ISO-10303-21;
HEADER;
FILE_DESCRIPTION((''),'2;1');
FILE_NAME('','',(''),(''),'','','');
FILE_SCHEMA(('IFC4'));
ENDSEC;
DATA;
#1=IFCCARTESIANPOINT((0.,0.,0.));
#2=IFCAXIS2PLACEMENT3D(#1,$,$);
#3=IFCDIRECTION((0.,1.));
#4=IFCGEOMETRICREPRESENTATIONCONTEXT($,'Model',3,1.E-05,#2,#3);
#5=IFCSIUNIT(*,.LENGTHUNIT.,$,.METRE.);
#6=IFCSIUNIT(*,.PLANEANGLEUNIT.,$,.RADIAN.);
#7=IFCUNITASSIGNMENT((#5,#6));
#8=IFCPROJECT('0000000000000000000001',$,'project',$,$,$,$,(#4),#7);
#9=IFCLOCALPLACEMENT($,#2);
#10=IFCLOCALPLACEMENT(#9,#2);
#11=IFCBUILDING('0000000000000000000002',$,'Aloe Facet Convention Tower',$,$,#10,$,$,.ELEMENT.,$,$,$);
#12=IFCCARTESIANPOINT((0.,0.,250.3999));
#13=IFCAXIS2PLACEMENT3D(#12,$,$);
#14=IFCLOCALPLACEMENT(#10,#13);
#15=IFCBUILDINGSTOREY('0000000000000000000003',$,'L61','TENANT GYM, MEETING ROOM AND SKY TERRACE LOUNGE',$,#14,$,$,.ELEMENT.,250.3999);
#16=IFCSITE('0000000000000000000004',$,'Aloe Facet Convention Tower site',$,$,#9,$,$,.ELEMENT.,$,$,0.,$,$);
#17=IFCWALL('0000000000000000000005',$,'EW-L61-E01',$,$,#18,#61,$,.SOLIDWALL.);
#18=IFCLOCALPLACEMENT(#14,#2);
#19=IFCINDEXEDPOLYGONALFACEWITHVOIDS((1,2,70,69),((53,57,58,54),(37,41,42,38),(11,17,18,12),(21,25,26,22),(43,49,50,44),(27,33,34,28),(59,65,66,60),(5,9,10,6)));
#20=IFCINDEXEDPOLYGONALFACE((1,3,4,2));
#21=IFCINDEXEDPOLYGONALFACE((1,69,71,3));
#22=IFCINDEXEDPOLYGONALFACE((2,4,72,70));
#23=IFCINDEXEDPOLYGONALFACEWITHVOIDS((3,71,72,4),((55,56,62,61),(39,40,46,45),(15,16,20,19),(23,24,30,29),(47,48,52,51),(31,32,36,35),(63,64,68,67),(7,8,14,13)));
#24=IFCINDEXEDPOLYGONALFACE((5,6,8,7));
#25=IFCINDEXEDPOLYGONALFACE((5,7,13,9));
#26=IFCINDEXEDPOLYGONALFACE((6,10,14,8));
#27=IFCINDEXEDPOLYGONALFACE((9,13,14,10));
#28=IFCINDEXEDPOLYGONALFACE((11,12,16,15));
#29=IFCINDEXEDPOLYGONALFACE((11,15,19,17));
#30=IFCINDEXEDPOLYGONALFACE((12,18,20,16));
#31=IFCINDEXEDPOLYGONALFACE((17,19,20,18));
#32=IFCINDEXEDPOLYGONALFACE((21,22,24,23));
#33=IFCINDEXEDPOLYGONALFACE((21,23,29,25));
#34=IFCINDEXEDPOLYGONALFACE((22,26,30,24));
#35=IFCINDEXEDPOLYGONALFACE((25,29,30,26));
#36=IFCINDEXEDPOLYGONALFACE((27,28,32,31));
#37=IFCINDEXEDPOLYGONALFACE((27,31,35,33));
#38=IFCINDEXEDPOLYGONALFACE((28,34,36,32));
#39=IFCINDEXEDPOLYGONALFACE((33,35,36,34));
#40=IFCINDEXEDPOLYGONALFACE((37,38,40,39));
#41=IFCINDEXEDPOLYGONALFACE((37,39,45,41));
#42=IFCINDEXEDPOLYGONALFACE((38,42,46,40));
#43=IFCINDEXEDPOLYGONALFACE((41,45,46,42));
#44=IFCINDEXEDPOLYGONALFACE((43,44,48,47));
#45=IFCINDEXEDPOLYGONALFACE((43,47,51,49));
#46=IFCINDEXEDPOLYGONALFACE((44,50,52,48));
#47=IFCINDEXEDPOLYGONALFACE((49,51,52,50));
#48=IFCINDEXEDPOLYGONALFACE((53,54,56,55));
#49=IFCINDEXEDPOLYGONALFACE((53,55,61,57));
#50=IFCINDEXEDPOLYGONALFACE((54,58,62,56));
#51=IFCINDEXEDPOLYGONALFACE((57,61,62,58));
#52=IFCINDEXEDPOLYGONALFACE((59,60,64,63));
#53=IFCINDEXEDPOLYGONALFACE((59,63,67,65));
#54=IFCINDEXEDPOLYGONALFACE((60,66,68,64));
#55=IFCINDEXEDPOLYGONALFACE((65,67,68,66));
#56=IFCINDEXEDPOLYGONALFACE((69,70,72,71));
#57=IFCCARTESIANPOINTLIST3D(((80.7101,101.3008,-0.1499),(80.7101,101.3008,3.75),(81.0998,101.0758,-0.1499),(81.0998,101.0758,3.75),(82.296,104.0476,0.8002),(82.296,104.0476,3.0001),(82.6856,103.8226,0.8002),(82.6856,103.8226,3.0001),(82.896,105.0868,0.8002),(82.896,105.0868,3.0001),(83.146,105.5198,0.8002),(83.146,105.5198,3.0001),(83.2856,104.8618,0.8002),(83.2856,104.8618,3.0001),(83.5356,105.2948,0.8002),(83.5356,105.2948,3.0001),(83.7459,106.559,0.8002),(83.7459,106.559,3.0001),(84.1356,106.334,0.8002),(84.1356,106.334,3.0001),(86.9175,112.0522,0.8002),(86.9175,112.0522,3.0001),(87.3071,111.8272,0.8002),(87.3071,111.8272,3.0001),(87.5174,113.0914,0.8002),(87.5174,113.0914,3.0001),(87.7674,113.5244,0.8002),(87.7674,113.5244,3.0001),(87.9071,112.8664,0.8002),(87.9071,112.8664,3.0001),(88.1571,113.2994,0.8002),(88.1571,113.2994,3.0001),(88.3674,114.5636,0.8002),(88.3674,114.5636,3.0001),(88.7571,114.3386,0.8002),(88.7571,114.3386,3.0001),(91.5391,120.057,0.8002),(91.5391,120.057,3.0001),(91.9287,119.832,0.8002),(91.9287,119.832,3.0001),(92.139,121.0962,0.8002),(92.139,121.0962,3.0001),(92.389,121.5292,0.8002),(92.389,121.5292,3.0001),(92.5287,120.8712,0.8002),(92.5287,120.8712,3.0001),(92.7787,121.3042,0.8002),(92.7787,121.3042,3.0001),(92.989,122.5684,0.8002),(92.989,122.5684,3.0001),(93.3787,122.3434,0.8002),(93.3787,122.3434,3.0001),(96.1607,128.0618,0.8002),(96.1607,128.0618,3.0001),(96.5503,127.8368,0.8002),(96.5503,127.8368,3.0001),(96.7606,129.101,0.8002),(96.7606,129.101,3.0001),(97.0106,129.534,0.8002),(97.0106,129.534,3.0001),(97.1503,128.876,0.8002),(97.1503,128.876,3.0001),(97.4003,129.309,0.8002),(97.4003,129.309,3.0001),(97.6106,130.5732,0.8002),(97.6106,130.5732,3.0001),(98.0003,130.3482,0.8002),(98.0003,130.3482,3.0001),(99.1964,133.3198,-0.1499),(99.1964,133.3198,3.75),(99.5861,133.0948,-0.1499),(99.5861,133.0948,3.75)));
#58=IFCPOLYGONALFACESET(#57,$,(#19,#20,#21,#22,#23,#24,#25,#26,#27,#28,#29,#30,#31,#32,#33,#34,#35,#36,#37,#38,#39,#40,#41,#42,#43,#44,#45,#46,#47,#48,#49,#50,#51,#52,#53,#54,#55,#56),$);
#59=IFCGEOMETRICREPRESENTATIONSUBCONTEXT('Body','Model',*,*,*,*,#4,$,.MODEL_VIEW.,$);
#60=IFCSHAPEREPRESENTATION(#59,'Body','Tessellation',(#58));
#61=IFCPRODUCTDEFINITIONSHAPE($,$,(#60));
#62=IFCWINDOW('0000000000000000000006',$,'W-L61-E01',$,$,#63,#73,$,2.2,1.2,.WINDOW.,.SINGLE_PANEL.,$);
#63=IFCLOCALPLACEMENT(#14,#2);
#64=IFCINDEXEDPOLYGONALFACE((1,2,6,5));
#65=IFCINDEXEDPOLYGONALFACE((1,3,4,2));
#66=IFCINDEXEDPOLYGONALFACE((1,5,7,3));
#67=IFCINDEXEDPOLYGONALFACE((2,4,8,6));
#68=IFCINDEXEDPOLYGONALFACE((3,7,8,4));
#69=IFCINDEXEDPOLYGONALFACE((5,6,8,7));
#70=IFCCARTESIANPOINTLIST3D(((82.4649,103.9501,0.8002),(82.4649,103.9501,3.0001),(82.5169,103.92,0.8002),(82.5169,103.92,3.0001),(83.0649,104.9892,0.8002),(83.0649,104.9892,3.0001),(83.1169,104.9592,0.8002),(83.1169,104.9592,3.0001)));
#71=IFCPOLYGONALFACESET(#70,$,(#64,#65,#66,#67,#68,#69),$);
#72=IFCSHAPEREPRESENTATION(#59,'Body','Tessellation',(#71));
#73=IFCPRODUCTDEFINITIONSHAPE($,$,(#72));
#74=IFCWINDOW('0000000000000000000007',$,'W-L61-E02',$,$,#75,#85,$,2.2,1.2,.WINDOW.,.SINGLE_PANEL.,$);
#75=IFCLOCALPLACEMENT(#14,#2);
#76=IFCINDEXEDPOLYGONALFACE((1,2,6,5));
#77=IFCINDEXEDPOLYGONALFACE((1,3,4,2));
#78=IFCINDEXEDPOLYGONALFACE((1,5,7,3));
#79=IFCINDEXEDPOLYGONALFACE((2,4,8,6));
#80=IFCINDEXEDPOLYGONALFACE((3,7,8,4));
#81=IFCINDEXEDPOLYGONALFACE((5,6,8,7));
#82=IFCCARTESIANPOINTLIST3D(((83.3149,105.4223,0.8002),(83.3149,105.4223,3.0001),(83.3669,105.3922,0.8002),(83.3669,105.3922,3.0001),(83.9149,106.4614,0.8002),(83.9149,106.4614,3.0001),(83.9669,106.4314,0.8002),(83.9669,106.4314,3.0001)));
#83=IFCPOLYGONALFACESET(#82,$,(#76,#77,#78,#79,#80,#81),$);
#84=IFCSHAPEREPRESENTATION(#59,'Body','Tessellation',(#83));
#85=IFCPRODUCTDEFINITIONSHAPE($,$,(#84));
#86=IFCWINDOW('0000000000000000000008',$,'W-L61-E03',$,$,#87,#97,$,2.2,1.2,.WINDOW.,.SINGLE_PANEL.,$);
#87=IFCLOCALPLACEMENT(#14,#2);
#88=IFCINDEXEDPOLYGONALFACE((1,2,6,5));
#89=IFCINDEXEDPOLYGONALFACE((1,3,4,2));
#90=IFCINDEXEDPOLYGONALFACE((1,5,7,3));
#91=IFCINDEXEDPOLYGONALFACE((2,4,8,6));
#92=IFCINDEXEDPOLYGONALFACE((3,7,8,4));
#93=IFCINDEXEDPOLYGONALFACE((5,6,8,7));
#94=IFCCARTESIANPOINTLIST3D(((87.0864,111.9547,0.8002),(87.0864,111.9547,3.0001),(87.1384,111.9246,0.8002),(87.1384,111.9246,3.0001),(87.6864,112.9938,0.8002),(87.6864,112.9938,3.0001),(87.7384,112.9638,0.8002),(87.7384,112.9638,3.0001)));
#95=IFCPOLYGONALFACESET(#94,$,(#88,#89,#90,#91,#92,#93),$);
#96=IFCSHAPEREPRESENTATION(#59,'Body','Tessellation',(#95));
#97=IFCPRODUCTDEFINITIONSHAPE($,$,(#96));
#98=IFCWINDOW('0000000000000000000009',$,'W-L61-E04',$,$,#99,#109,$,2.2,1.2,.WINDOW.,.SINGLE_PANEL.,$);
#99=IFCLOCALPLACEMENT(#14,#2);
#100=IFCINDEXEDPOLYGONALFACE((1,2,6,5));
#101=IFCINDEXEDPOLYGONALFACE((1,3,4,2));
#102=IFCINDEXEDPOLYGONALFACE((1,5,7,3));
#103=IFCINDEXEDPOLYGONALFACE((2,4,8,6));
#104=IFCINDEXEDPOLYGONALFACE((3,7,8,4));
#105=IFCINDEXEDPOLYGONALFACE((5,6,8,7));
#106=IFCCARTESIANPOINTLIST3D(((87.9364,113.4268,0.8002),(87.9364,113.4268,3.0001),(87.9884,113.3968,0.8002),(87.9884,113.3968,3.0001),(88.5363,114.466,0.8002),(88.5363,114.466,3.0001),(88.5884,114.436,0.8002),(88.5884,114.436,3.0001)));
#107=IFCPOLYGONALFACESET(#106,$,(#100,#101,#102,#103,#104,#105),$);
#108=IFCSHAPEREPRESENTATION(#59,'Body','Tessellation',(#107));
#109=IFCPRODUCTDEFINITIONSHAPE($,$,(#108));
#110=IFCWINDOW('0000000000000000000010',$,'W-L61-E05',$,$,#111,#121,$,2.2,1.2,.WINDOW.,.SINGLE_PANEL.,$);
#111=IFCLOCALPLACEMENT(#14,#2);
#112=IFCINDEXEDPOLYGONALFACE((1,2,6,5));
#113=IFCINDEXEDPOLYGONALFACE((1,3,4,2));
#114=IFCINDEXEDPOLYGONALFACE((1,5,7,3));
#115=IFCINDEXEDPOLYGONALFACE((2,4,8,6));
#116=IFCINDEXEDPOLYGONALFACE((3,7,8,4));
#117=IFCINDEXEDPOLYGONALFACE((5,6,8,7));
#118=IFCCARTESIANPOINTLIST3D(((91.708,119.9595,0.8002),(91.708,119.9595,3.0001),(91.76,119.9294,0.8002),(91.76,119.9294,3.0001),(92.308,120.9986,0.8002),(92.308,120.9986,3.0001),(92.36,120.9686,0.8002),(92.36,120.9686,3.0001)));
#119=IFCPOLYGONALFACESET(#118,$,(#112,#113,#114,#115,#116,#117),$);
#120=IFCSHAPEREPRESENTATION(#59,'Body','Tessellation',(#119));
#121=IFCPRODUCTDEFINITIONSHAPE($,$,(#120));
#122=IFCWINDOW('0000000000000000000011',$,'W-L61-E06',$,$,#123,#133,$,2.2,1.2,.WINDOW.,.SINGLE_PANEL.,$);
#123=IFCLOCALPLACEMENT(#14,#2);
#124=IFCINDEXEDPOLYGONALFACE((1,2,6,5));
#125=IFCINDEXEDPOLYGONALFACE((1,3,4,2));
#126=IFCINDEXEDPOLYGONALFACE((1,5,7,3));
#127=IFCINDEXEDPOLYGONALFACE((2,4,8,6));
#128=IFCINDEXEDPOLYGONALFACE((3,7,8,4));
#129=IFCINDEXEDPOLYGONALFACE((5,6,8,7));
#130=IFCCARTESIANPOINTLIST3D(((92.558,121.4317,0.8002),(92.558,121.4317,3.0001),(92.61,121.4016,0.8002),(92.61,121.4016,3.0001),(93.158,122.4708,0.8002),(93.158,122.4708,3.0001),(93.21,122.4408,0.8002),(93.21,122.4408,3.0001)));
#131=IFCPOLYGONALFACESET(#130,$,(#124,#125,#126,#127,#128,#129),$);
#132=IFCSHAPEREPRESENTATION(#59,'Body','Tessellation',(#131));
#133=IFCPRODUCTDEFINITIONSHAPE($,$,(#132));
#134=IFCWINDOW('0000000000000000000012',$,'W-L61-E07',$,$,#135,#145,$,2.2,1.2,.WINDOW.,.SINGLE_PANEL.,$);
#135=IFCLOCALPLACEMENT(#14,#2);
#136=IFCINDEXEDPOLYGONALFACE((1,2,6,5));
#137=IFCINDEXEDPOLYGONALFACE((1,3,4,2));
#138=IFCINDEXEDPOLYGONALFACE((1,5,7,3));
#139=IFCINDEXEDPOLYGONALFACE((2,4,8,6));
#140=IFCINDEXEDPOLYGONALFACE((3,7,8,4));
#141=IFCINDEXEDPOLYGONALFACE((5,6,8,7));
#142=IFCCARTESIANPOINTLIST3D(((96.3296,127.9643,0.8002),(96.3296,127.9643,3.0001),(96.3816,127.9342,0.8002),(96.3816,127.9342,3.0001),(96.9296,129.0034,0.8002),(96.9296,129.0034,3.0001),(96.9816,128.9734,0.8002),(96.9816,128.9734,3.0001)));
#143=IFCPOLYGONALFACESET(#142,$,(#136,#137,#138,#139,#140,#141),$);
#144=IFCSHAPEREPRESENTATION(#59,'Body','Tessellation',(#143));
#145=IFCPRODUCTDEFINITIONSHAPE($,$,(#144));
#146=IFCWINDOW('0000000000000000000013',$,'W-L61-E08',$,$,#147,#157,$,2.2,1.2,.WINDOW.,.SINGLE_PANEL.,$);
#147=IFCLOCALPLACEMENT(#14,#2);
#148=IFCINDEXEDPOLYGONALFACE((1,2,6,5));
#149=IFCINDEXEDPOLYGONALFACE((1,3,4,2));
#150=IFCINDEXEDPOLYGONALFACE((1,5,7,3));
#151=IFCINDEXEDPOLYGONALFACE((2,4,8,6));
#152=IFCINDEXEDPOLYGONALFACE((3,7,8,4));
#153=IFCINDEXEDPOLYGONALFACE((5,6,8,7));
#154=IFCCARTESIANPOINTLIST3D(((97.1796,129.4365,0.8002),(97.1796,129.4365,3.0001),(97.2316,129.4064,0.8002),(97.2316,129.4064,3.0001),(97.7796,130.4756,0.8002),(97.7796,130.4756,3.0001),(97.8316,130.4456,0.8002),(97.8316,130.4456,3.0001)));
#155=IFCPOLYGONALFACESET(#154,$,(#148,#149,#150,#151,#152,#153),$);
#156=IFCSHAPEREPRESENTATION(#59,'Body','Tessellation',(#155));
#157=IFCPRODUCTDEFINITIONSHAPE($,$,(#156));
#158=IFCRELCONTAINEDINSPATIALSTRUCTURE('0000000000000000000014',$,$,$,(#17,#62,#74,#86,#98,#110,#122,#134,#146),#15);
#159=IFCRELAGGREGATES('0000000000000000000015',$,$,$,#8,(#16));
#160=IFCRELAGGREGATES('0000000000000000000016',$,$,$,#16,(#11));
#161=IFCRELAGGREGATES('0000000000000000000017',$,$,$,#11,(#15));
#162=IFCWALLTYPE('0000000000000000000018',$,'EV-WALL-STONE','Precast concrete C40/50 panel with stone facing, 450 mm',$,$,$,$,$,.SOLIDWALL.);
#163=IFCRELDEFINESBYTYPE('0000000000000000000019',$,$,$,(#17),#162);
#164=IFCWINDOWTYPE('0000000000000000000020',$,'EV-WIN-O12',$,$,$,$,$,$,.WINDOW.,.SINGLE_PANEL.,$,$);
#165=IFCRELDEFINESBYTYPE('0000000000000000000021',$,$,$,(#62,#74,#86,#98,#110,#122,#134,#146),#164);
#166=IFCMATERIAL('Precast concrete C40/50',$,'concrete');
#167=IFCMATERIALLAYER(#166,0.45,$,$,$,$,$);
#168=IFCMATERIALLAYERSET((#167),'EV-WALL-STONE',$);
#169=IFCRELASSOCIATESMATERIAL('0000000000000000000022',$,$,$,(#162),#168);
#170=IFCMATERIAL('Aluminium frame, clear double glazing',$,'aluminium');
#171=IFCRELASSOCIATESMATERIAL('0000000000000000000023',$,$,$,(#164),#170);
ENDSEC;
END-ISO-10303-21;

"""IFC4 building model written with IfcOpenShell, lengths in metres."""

from ifc_helpers import new_model, si_unit, direction, frame, frame_2d, origin, place, context, subcontext, project, spatial, polyline, rectangle, outline, extrude, material, layer, layer_set, type_object, element, fill, save


model = new_model("IFC4")

# Units and contexts
model_context = context("Model", 3, precision=1e-05, world=origin(), true_north=direction((0.0, 1.0)))
body_context = subcontext(model_context, "Body", "Model", "MODEL_VIEW")
ifc_project = project(units=[si_unit("LENGTHUNIT", "METRE"), si_unit("PLANEANGLEUNIT", "RADIAN")], contexts=[model_context])

# Site, building, storey
site_placement = place(None, origin())
site = spatial("IfcSite", under=ifc_project, at=site_placement, Name="Aloe Facet Convention Tower site", CompositionType="ELEMENT", RefElevation=0.0)
building_placement = place(site_placement, origin())
building = spatial("IfcBuilding", under=site, at=building_placement, Name="Aloe Facet Convention Tower", CompositionType="ELEMENT")
storey_placement = place(building_placement, frame((0.0, 0.0, 250.3999)))
storey = spatial("IfcBuildingStorey", under=building, at=storey_placement, Name="L61", Description="TENANT GYM, MEETING ROOM AND SKY TERRACE LOUNGE", CompositionType="ELEMENT", Elevation=250.3999)

# Wall, openings, windows
ifc_material_1 = material(Name="Precast concrete C40/50", Category="concrete")
ifc_layer_1 = layer(ifc_material_1, 0.45)
ifc_layer_set_1 = layer_set([ifc_layer_1], Name="EV-WALL-STONE")
wall_type_1 = type_object("IfcWallType", Name="EV-WALL-STONE", Description="Precast concrete C40/50 panel with stone facing, 450 mm", PredefinedType="SOLIDWALL", material=ifc_layer_set_1)
wall_1_placement = place(storey_placement, frame((80.905, 101.1882, -0.1499), z_axis=(0.0, 0.0, 1.0), x_axis=(0.500003, 0.866024, 0.0)))
wall_1 = element("IfcWall", 1, at=wall_1_placement, inside=storey, type_object=wall_type_1, Name="EW-L61-E01", PredefinedType="SOLIDWALL", context=body_context, shape_type="SweptSolid", body=[
    extrude(outline(polyline([(36.9724, 0.0), (36.9724, 3.8999), (0.0, 3.8999), (0.0, 0.0), (36.9724, 0.0)])), frame((0.0, 0.2251, 0.0), z_axis=(0.0, -1.0, 0.0), x_axis=(1.0, 0.0, 0.0)), (0.0, 0.0, 1.0), 0.45),
])
opening_1_placement = place(wall_1_placement, frame((3.1716, 0.0, 0.95)))
opening_1 = element("IfcOpeningElement", 2, at=opening_1_placement, cuts=wall_1, PredefinedType="OPENING", context=body_context, shape_type="SweptSolid", body=[
    extrude(rectangle(XDim=1.2, YDim=2.2, at=frame_2d((0.6001, 1.1001))), frame((0.0, 0.2349, 0.0), z_axis=(0.0, -1.0, 0.0), x_axis=(1.0, 0.0, 0.0)), (0.0, 0.0, 1.0), 0.47),
])
opening_2_placement = place(wall_1_placement, frame((4.8716, 0.0, 0.95)))
opening_2 = element("IfcOpeningElement", 3, at=opening_2_placement, cuts=wall_1, PredefinedType="OPENING", context=body_context, shape_type="SweptSolid", body=[
    extrude(rectangle(XDim=1.2, YDim=2.2, at=frame_2d((0.6001, 1.1001))), frame((0.0, 0.2349, 0.0), z_axis=(0.0, -1.0, 0.0), x_axis=(1.0, 0.0, 0.0)), (0.0, 0.0, 1.0), 0.47),
])
opening_3_placement = place(wall_1_placement, frame((12.4146, 0.0, 0.95)))
opening_3 = element("IfcOpeningElement", 4, at=opening_3_placement, cuts=wall_1, PredefinedType="OPENING", context=body_context, shape_type="SweptSolid", body=[
    extrude(rectangle(XDim=1.2, YDim=2.2, at=frame_2d((0.6001, 1.1001))), frame((0.0, 0.2349, 0.0), z_axis=(0.0, -1.0, 0.0), x_axis=(1.0, 0.0, 0.0)), (0.0, 0.0, 1.0), 0.47),
])
opening_4_placement = place(wall_1_placement, frame((14.1145, 0.0, 0.95)))
opening_4 = element("IfcOpeningElement", 5, at=opening_4_placement, cuts=wall_1, PredefinedType="OPENING", context=body_context, shape_type="SweptSolid", body=[
    extrude(rectangle(XDim=1.2, YDim=2.2, at=frame_2d((0.6001, 1.1001))), frame((0.0, 0.2349, 0.0), z_axis=(0.0, -1.0, 0.0), x_axis=(1.0, 0.0, 0.0)), (0.0, 0.0, 1.0), 0.47),
])
opening_5_placement = place(wall_1_placement, frame((21.6577, 0.0, 0.95)))
opening_5 = element("IfcOpeningElement", 6, at=opening_5_placement, cuts=wall_1, PredefinedType="OPENING", context=body_context, shape_type="SweptSolid", body=[
    extrude(rectangle(XDim=1.2, YDim=2.2, at=frame_2d((0.6001, 1.1001))), frame((0.0, 0.2349, 0.0), z_axis=(0.0, -1.0, 0.0), x_axis=(1.0, 0.0, 0.0)), (0.0, 0.0, 1.0), 0.47),
])
opening_6_placement = place(wall_1_placement, frame((23.3577, 0.0, 0.95)))
opening_6 = element("IfcOpeningElement", 7, at=opening_6_placement, cuts=wall_1, PredefinedType="OPENING", context=body_context, shape_type="SweptSolid", body=[
    extrude(rectangle(XDim=1.2, YDim=2.2, at=frame_2d((0.6001, 1.1001))), frame((0.0, 0.2349, 0.0), z_axis=(0.0, -1.0, 0.0), x_axis=(1.0, 0.0, 0.0)), (0.0, 0.0, 1.0), 0.47),
])
opening_7_placement = place(wall_1_placement, frame((30.9009, 0.0, 0.95)))
opening_7 = element("IfcOpeningElement", 8, at=opening_7_placement, cuts=wall_1, PredefinedType="OPENING", context=body_context, shape_type="SweptSolid", body=[
    extrude(rectangle(XDim=1.2, YDim=2.2, at=frame_2d((0.6001, 1.1001))), frame((0.0, 0.2349, 0.0), z_axis=(0.0, -1.0, 0.0), x_axis=(1.0, 0.0, 0.0)), (0.0, 0.0, 1.0), 0.47),
])
opening_8_placement = place(wall_1_placement, frame((32.6008, 0.0, 0.95)))
opening_8 = element("IfcOpeningElement", 9, at=opening_8_placement, cuts=wall_1, PredefinedType="OPENING", context=body_context, shape_type="SweptSolid", body=[
    extrude(rectangle(XDim=1.2, YDim=2.2, at=frame_2d((0.6001, 1.1001))), frame((0.0, 0.2349, 0.0), z_axis=(0.0, -1.0, 0.0), x_axis=(1.0, 0.0, 0.0)), (0.0, 0.0, 1.0), 0.47),
])
ifc_material_2 = material(Name="Aluminium frame, clear double glazing", Category="aluminium")
window_type = type_object("IfcWindowType", Name="EV-WIN-O12", PartitioningType="SINGLE_PANEL", PredefinedType="WINDOW", material=ifc_material_2)
window_1_placement = place(opening_1_placement, origin())
window_1 = element("IfcWindow", 10, at=window_1_placement, inside=storey, type_object=window_type, Name="W-L61-E01", OverallHeight=2.2, OverallWidth=1.2, PartitioningType="SINGLE_PANEL", PredefinedType="WINDOW", context=body_context, shape_type="SweptSolid", body=[
    extrude(rectangle(XDim=1.2, YDim=2.2, at=frame_2d((0.6001, 1.1001))), frame((0.0, 0.03, 0.0), z_axis=(0.0, -1.0, 0.0), x_axis=(1.0, 0.0, 0.0)), (0.0, 0.0, 1.0), 0.0601),
])
fill(opening_1, window_1)
window_2_placement = place(opening_2_placement, origin())
window_2 = element("IfcWindow", 11, at=window_2_placement, inside=storey, type_object=window_type, Name="W-L61-E02", OverallHeight=2.2, OverallWidth=1.2, PartitioningType="SINGLE_PANEL", PredefinedType="WINDOW", context=body_context, shape_type="SweptSolid", body=[
    extrude(rectangle(XDim=1.2, YDim=2.2, at=frame_2d((0.6001, 1.1001))), frame((0.0, 0.03, 0.0), z_axis=(0.0, -1.0, 0.0), x_axis=(1.0, 0.0, 0.0)), (0.0, 0.0, 1.0), 0.0601),
])
fill(opening_2, window_2)
window_3_placement = place(opening_3_placement, origin())
window_3 = element("IfcWindow", 12, at=window_3_placement, inside=storey, type_object=window_type, Name="W-L61-E03", OverallHeight=2.2, OverallWidth=1.2, PartitioningType="SINGLE_PANEL", PredefinedType="WINDOW", context=body_context, shape_type="SweptSolid", body=[
    extrude(rectangle(XDim=1.2, YDim=2.2, at=frame_2d((0.6001, 1.1001))), frame((0.0, 0.03, 0.0), z_axis=(0.0, -1.0, 0.0), x_axis=(1.0, 0.0, 0.0)), (0.0, 0.0, 1.0), 0.0601),
])
fill(opening_3, window_3)
window_4_placement = place(opening_4_placement, origin())
window_4 = element("IfcWindow", 13, at=window_4_placement, inside=storey, type_object=window_type, Name="W-L61-E04", OverallHeight=2.2, OverallWidth=1.2, PartitioningType="SINGLE_PANEL", PredefinedType="WINDOW", context=body_context, shape_type="SweptSolid", body=[
    extrude(rectangle(XDim=1.2, YDim=2.2, at=frame_2d((0.6001, 1.1001))), frame((0.0, 0.03, 0.0), z_axis=(0.0, -1.0, 0.0), x_axis=(1.0, 0.0, 0.0)), (0.0, 0.0, 1.0), 0.0601),
])
fill(opening_4, window_4)
window_5_placement = place(opening_5_placement, origin())
window_5 = element("IfcWindow", 14, at=window_5_placement, inside=storey, type_object=window_type, Name="W-L61-E05", OverallHeight=2.2, OverallWidth=1.2, PartitioningType="SINGLE_PANEL", PredefinedType="WINDOW", context=body_context, shape_type="SweptSolid", body=[
    extrude(rectangle(XDim=1.2, YDim=2.2, at=frame_2d((0.6001, 1.1001))), frame((0.0, 0.03, 0.0), z_axis=(0.0, -1.0, 0.0), x_axis=(1.0, 0.0, 0.0)), (0.0, 0.0, 1.0), 0.0601),
])
fill(opening_5, window_5)
window_6_placement = place(opening_6_placement, origin())
window_6 = element("IfcWindow", 15, at=window_6_placement, inside=storey, type_object=window_type, Name="W-L61-E06", OverallHeight=2.2, OverallWidth=1.2, PartitioningType="SINGLE_PANEL", PredefinedType="WINDOW", context=body_context, shape_type="SweptSolid", body=[
    extrude(rectangle(XDim=1.2, YDim=2.2, at=frame_2d((0.6001, 1.1001))), frame((0.0, 0.03, 0.0), z_axis=(0.0, -1.0, 0.0), x_axis=(1.0, 0.0, 0.0)), (0.0, 0.0, 1.0), 0.0601),
])
fill(opening_6, window_6)
window_7_placement = place(opening_7_placement, origin())
window_7 = element("IfcWindow", 16, at=window_7_placement, inside=storey, type_object=window_type, Name="W-L61-E07", OverallHeight=2.2, OverallWidth=1.2, PartitioningType="SINGLE_PANEL", PredefinedType="WINDOW", context=body_context, shape_type="SweptSolid", body=[
    extrude(rectangle(XDim=1.2, YDim=2.2, at=frame_2d((0.6001, 1.1001))), frame((0.0, 0.03, 0.0), z_axis=(0.0, -1.0, 0.0), x_axis=(1.0, 0.0, 0.0)), (0.0, 0.0, 1.0), 0.0601),
])
fill(opening_7, window_7)
window_8_placement = place(opening_8_placement, origin())
window_8 = element("IfcWindow", 17, at=window_8_placement, inside=storey, type_object=window_type, Name="W-L61-E08", OverallHeight=2.2, OverallWidth=1.2, PartitioningType="SINGLE_PANEL", PredefinedType="WINDOW", context=body_context, shape_type="SweptSolid", body=[
    extrude(rectangle(XDim=1.2, YDim=2.2, at=frame_2d((0.6001, 1.1001))), frame((0.0, 0.03, 0.0), z_axis=(0.0, -1.0, 0.0), x_axis=(1.0, 0.0, 0.0)), (0.0, 0.0, 1.0), 0.0601),
])
fill(opening_8, window_8)

save(model, "model.ifc")
